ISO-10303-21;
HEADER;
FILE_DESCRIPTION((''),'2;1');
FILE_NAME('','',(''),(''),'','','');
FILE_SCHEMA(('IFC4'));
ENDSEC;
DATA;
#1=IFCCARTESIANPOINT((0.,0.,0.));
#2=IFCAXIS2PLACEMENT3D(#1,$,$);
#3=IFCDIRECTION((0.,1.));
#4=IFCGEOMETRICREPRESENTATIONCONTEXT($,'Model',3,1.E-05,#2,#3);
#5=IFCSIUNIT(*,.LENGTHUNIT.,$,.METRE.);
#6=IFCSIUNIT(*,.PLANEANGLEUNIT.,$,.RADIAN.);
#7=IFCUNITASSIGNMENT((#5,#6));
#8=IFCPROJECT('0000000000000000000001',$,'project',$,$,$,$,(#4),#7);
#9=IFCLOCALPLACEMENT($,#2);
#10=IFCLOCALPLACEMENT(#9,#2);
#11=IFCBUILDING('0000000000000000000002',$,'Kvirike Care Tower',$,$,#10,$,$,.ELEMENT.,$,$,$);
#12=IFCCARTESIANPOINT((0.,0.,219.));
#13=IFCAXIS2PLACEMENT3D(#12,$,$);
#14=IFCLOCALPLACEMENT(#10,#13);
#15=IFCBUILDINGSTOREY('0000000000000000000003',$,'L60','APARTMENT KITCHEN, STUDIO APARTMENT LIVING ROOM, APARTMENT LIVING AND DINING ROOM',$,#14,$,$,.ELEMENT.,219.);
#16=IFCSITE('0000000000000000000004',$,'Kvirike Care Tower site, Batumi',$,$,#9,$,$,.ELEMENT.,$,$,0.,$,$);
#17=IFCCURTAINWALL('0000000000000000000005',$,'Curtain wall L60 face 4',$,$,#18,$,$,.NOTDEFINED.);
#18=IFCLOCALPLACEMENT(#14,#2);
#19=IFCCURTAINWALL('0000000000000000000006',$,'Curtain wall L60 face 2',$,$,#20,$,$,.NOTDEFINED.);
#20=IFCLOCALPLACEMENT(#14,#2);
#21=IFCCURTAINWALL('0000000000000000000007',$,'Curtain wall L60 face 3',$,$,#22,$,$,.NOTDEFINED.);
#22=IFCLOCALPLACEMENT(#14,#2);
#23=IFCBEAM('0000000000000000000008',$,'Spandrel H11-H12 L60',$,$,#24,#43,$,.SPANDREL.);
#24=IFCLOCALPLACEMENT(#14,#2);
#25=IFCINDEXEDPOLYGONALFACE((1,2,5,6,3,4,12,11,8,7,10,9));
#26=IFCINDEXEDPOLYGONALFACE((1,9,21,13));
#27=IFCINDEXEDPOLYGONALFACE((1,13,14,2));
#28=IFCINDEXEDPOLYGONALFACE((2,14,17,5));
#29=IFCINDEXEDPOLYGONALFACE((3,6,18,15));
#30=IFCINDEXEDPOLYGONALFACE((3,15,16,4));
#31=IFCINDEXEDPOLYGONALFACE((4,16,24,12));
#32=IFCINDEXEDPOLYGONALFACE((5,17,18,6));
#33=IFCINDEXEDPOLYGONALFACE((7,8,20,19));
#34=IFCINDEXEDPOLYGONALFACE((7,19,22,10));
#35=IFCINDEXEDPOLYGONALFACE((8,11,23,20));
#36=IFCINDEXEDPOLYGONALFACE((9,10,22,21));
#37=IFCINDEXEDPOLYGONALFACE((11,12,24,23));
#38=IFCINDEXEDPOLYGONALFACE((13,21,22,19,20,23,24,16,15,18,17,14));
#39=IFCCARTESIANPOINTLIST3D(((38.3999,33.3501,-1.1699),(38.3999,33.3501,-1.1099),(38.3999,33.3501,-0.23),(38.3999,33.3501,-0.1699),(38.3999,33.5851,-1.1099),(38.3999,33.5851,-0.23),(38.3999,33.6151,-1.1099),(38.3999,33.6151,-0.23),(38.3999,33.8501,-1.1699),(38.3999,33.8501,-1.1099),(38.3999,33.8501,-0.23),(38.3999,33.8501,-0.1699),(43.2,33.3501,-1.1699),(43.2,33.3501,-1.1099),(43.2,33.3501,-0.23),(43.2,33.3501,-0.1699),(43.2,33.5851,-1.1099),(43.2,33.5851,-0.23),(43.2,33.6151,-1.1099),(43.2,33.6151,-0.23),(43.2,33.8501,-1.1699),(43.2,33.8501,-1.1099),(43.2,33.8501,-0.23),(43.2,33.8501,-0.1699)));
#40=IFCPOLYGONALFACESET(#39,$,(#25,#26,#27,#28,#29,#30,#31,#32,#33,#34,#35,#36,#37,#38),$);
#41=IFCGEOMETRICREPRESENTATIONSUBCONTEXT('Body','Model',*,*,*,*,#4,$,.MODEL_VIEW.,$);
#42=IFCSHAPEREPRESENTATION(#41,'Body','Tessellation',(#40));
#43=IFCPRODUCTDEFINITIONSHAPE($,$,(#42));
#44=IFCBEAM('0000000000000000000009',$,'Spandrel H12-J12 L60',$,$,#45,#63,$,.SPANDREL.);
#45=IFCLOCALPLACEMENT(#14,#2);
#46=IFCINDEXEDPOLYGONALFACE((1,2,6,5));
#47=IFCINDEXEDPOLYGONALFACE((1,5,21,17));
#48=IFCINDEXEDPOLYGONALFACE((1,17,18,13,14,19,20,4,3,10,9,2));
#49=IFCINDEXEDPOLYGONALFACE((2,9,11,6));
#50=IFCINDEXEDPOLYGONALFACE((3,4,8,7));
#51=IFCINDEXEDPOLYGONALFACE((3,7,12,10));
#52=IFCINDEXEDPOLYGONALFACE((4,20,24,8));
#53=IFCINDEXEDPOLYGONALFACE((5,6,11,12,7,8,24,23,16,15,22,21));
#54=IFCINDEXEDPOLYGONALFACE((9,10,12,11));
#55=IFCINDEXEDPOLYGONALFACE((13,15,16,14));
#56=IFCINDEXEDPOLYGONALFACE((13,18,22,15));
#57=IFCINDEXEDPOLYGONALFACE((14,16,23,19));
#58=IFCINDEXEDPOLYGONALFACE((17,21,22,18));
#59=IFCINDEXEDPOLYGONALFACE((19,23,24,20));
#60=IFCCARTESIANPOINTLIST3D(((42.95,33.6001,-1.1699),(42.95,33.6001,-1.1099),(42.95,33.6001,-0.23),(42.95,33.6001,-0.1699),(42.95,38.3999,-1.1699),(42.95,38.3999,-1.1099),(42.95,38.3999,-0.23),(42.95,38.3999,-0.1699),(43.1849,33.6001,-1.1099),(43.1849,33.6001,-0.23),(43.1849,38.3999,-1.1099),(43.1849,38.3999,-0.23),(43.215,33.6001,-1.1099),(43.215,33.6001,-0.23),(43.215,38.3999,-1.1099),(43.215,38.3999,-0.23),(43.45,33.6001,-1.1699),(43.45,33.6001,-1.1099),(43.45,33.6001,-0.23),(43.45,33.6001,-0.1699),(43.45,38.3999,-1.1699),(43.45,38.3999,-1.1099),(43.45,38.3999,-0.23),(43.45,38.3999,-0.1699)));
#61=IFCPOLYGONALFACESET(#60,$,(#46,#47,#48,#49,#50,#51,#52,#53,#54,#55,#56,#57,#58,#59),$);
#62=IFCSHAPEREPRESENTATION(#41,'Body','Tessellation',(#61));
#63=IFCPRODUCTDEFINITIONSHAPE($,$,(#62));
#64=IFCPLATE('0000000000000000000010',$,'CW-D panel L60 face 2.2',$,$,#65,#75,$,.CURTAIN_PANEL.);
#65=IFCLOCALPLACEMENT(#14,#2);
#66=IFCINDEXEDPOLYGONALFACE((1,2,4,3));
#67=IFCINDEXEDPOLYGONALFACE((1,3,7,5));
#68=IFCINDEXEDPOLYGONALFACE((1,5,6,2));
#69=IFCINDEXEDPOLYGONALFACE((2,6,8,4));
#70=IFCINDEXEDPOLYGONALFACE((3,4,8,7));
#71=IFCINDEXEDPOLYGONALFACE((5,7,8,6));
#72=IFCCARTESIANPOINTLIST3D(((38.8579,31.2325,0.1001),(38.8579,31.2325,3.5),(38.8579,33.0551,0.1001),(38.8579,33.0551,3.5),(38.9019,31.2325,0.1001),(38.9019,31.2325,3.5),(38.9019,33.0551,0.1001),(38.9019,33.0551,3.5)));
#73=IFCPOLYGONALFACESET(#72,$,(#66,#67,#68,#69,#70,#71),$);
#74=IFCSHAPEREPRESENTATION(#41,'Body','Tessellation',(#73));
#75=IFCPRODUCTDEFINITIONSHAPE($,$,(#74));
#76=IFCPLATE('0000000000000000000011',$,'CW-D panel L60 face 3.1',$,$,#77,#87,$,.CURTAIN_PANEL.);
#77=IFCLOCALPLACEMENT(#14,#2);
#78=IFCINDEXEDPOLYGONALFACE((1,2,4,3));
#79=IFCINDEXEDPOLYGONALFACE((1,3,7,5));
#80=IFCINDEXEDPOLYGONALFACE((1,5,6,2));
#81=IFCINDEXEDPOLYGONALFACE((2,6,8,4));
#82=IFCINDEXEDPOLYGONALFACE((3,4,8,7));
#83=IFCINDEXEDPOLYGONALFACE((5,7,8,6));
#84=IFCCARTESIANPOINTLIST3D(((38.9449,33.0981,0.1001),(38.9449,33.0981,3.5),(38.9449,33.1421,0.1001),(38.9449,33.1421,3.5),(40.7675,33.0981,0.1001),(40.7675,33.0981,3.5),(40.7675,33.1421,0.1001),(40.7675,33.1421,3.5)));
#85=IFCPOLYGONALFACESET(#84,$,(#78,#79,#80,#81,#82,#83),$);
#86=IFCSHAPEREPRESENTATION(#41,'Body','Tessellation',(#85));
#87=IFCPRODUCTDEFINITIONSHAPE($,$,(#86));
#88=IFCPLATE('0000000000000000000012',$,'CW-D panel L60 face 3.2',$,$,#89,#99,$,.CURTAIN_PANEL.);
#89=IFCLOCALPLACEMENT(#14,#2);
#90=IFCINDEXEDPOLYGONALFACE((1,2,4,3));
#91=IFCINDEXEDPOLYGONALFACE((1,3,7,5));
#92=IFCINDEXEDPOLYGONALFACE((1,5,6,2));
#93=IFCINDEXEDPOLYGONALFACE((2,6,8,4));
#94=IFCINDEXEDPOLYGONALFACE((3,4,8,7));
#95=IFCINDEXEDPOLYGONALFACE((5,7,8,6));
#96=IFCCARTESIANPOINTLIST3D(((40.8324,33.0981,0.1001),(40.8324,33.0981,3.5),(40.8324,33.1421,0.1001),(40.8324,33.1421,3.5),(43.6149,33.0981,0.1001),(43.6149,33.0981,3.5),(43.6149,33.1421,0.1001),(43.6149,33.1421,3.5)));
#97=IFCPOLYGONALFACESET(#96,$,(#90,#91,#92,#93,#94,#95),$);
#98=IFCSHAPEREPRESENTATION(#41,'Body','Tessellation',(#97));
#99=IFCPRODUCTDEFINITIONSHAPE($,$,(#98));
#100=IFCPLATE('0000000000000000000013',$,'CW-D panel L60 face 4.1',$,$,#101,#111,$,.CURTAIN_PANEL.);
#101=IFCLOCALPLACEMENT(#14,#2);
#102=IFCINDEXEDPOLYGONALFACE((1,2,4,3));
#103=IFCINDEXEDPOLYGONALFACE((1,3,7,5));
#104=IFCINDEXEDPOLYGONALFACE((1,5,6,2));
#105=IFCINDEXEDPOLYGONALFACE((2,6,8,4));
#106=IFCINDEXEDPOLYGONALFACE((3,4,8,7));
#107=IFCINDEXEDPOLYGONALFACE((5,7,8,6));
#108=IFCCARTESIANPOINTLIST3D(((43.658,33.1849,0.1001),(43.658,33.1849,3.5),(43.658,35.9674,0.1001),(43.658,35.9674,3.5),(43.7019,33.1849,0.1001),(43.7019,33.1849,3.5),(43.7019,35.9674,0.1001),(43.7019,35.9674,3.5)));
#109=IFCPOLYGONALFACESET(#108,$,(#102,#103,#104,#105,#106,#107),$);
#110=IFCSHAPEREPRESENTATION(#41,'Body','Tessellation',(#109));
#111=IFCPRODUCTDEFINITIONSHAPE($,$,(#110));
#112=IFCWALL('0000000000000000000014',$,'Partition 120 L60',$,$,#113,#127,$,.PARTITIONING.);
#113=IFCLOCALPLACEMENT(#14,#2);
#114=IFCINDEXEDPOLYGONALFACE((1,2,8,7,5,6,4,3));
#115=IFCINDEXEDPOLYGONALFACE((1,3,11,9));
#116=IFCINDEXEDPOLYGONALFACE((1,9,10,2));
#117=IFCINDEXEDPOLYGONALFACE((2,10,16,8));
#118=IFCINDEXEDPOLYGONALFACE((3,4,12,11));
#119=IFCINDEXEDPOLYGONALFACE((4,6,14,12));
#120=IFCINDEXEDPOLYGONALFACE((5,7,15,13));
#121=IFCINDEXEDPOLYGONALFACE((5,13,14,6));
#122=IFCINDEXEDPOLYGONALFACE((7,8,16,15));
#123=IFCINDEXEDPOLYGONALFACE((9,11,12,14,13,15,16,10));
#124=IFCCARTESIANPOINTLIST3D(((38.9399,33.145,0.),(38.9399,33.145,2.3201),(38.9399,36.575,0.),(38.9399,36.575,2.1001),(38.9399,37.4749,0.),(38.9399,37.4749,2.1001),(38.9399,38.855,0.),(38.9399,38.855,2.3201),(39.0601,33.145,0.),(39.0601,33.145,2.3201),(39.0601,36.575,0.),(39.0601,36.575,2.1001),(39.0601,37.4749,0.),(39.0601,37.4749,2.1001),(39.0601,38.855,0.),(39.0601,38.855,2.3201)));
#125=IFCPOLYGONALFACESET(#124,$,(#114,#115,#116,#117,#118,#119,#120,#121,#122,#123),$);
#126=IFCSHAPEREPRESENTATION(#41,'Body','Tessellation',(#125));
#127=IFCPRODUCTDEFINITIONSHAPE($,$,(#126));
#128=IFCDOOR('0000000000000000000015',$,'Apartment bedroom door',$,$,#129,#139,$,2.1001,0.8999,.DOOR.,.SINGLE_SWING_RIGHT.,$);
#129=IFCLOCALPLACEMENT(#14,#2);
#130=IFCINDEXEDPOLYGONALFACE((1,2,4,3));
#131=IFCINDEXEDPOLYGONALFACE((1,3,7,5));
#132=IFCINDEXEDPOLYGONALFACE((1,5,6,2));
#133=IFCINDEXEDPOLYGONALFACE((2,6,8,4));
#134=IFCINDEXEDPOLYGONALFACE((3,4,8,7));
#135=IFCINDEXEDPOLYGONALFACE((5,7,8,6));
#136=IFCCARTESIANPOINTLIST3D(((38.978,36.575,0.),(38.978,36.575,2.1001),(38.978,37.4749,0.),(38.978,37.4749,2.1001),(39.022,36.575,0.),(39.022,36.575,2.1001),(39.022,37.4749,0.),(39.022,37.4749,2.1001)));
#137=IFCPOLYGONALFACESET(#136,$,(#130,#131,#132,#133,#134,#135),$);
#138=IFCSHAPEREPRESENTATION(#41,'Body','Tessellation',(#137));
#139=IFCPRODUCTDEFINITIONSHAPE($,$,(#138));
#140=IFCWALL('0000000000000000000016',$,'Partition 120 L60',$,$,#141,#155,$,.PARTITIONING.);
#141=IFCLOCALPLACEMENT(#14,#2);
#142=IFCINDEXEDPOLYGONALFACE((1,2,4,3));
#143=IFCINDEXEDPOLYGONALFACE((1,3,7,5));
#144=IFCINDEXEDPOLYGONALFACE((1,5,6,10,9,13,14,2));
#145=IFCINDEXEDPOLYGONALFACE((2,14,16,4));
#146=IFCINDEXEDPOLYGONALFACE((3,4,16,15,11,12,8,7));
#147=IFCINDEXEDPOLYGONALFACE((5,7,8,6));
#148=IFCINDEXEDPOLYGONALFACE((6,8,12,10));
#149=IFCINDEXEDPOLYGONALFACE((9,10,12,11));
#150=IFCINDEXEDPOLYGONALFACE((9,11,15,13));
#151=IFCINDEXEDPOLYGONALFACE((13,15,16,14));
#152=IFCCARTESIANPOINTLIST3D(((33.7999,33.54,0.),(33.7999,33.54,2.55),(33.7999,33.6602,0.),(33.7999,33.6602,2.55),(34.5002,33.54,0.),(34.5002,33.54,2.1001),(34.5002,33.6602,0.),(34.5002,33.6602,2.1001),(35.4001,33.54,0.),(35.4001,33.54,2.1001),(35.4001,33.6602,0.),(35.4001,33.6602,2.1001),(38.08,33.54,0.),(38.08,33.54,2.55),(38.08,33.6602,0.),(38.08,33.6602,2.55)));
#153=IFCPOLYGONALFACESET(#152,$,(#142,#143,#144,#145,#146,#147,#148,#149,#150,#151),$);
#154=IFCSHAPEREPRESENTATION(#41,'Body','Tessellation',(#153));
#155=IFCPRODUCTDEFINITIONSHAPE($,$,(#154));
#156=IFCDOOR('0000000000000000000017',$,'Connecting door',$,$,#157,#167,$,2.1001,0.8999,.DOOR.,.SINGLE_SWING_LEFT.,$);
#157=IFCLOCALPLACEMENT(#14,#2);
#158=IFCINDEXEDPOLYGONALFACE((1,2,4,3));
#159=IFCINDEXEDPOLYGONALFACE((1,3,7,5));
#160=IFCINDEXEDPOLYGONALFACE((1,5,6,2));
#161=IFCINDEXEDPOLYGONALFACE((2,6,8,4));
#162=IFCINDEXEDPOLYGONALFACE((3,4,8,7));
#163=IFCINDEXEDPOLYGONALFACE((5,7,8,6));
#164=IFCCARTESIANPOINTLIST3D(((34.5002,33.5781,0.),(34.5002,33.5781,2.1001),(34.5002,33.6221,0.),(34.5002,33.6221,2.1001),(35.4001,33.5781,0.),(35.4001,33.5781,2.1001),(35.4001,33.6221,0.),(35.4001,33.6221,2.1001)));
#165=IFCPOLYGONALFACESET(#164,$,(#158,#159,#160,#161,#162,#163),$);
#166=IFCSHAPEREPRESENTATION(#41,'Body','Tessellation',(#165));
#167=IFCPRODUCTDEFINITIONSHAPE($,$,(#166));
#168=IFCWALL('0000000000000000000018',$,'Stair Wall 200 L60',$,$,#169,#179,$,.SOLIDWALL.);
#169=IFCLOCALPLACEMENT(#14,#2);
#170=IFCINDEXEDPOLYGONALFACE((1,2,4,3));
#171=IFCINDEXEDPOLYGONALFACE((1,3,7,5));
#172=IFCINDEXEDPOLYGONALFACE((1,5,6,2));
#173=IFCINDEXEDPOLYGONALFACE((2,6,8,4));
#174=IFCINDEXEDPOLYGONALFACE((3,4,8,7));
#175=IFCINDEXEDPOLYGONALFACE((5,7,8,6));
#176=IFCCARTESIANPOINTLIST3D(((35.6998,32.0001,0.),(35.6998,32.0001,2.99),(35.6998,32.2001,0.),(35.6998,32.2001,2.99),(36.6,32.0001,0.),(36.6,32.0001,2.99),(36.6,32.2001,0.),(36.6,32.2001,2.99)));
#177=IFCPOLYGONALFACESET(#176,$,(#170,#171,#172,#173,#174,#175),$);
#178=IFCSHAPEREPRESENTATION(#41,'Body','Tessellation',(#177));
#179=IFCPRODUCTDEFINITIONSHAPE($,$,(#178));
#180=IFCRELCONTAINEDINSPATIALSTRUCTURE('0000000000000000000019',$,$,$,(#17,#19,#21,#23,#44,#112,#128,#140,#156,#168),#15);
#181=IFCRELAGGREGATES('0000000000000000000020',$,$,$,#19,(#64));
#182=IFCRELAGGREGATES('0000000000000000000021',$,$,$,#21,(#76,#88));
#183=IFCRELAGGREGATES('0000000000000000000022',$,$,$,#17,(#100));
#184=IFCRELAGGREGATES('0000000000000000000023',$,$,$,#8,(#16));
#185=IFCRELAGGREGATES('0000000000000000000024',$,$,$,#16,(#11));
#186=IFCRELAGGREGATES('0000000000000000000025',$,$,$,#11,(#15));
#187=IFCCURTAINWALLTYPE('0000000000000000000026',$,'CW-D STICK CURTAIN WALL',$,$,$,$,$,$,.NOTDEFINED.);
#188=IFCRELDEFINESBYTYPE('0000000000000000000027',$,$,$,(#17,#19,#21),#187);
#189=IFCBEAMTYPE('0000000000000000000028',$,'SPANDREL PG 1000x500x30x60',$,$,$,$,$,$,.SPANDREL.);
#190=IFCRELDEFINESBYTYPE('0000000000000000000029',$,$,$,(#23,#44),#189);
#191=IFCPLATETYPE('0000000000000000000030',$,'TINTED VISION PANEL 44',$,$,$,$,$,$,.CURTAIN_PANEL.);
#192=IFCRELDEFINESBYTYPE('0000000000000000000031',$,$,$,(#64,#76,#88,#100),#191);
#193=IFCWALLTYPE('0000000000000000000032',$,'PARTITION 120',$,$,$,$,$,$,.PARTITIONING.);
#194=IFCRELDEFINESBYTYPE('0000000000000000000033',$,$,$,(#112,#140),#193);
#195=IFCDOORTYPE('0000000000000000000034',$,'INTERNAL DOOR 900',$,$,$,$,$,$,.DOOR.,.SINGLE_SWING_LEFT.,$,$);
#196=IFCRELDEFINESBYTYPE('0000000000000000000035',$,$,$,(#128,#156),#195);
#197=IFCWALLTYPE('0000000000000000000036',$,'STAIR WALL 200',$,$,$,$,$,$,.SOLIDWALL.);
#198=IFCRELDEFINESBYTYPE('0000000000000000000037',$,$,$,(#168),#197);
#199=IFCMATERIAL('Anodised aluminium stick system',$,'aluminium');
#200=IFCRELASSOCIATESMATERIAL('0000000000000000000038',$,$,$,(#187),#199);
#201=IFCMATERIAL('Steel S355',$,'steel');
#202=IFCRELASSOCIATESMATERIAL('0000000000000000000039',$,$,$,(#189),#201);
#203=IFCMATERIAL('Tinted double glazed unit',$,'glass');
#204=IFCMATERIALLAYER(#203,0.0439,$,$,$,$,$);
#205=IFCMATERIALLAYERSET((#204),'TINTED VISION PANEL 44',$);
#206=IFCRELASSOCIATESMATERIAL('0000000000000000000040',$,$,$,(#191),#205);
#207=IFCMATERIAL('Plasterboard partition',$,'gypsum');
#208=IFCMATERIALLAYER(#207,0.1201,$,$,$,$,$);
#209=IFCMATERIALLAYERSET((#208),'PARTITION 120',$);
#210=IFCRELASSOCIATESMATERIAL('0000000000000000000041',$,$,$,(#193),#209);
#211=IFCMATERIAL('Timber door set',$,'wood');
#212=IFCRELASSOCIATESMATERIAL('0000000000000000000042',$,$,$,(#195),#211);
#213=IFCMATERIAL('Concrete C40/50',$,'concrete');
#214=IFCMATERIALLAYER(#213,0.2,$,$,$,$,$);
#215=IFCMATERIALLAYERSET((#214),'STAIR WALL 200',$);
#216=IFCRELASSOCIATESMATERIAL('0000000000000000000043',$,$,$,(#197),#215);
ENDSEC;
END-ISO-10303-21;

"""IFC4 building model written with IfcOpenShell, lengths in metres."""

from ifc_helpers import new_model, si_unit, direction, frame, frame_2d, origin, origin_2d, place, context, subcontext, project, spatial, rectangle, i_section, extrude, material, layer, layer_set, material_profile, profile_set, type_object, element, fill, aggregate, save


model = new_model("IFC4")

# Units and contexts
model_context = context("Model", 3, precision=1e-05, world=origin(), true_north=direction((0.0, 1.0)))
body_context = subcontext(model_context, "Body", "Model", "MODEL_VIEW")
ifc_project = project(units=[si_unit("LENGTHUNIT", "METRE"), si_unit("PLANEANGLEUNIT", "RADIAN")], contexts=[model_context])

# Site, building, storey
site_placement = place(None, origin())
site = spatial("IfcSite", under=ifc_project, at=site_placement, Name="Kvirike Care Tower site, Batumi", CompositionType="ELEMENT", RefElevation=0.0)
building_placement = place(site_placement, origin())
building = spatial("IfcBuilding", under=site, at=building_placement, Name="Kvirike Care Tower", CompositionType="ELEMENT")
storey_placement = place(building_placement, frame((0.0, 0.0, 219.0)))
storey = spatial("IfcBuildingStorey", under=building, at=storey_placement, Name="L60", Description="APARTMENT KITCHEN, STUDIO APARTMENT LIVING ROOM, APARTMENT LIVING AND DINING ROOM", CompositionType="ELEMENT", Elevation=219.0)

# Curtain walls
ifc_material_1 = material(Name="Anodised aluminium stick system", Category="aluminium")
curtain_wall_type = type_object("IfcCurtainWallType", Name="CW-D STICK CURTAIN WALL", PredefinedType="NOTDEFINED", material=ifc_material_1)
curtain_wall_1_placement = place(storey_placement, origin())
curtain_wall_1 = element("IfcCurtainWall", 1, at=curtain_wall_1_placement, inside=storey, type_object=curtain_wall_type, Name="Curtain wall L60 face 4", PredefinedType="NOTDEFINED")
curtain_wall_2_placement = place(storey_placement, origin())
curtain_wall_2 = element("IfcCurtainWall", 2, at=curtain_wall_2_placement, inside=storey, type_object=curtain_wall_type, Name="Curtain wall L60 face 2", PredefinedType="NOTDEFINED")

# Curtain wall
curtain_wall_3_placement = place(storey_placement, origin())
curtain_wall_3 = element("IfcCurtainWall", 3, at=curtain_wall_3_placement, inside=storey, type_object=curtain_wall_type, Name="Curtain wall L60 face 3", PredefinedType="NOTDEFINED")

# Beams
ifc_material_2 = material(Name="Steel S355", Category="steel")
ifc_material_profile_1 = material_profile(ifc_material_2, i_section(OverallWidth=0.5, OverallDepth=1.0, WebThickness=0.03, FlangeThickness=0.0601, at=origin_2d()), Name="PG 1000x500x30x60")
ifc_profile_set_1 = profile_set([ifc_material_profile_1], Name="Steel S355")
beam_type = type_object("IfcBeamType", Name="SPANDREL PG 1000x500x30x60", PredefinedType="SPANDREL", material=ifc_profile_set_1)
beam_1_placement = place(storey_placement, frame((38.3999, 33.6001, -0.6699), z_axis=(1.0, 0.0, 0.0), x_axis=(0.0, 1.0, 0.0)))
element("IfcBeam", 4, at=beam_1_placement, inside=storey, type_object=beam_type, Name="Spandrel H11-H12 L60", PredefinedType="SPANDREL", context=body_context, shape_type="SweptSolid", body=[
    extrude(i_section(OverallWidth=0.5, OverallDepth=1.0, WebThickness=0.03, FlangeThickness=0.0601, at=origin_2d()), origin(), (0.0, 0.0, 1.0), 4.8),
])
beam_2_placement = place(storey_placement, frame((43.2, 33.6001, -0.6699), z_axis=(0.0, 1.0, 0.0), x_axis=(-1.0, 0.0, 0.0)))
element("IfcBeam", 5, at=beam_2_placement, inside=storey, type_object=beam_type, Name="Spandrel H12-J12 L60", PredefinedType="SPANDREL", context=body_context, shape_type="SweptSolid", body=[
    extrude(i_section(OverallWidth=0.5, OverallDepth=1.0, WebThickness=0.03, FlangeThickness=0.0601, at=origin_2d()), origin(), (0.0, 0.0, 1.0), 4.7998),
])

# Plates
ifc_material_3 = material(Name="Tinted double glazed unit", Category="glass")
ifc_layer_1 = layer(ifc_material_3, 0.0439)
ifc_layer_set_1 = layer_set([ifc_layer_1], Name="TINTED VISION PANEL 44")
plate_type = type_object("IfcPlateType", Name="TINTED VISION PANEL 44", PredefinedType="CURTAIN_PANEL", material=ifc_layer_set_1)
plate_1_placement = place(storey_placement, frame((38.8799, 32.1438, 0.1001), z_axis=(0.0, 0.0, 1.0), x_axis=(0.0, 1.0, 0.0)))
plate_1 = element("IfcPlate", 6, at=plate_1_placement, type_object=plate_type, Name="CW-D panel L60 face 2.2", PredefinedType="CURTAIN_PANEL", context=body_context, shape_type="SweptSolid", body=[
    extrude(rectangle(XDim=1.8225, YDim=0.0439, at=origin_2d()), origin(), (0.0, 0.0, 1.0), 3.3999),
])
aggregate(curtain_wall_2, [plate_1])
plate_2_placement = place(storey_placement, frame((39.8562, 33.1201, 0.1001), z_axis=(0.0, 0.0, 1.0), x_axis=(1.0, 0.0, 0.0)))
plate_2 = element("IfcPlate", 7, at=plate_2_placement, type_object=plate_type, Name="CW-D panel L60 face 3.1", PredefinedType="CURTAIN_PANEL", context=body_context, shape_type="SweptSolid", body=[
    extrude(rectangle(XDim=1.8225, YDim=0.0439, at=origin_2d()), origin(), (0.0, 0.0, 1.0), 3.3999),
])
plate_3_placement = place(storey_placement, frame((42.2236, 33.1201, 0.1001), z_axis=(0.0, 0.0, 1.0), x_axis=(1.0, 0.0, 0.0)))
plate_3 = element("IfcPlate", 8, at=plate_3_placement, type_object=plate_type, Name="CW-D panel L60 face 3.2", PredefinedType="CURTAIN_PANEL", context=body_context, shape_type="SweptSolid", body=[
    extrude(rectangle(XDim=2.7825, YDim=0.0439, at=origin_2d()), origin(), (0.0, 0.0, 1.0), 3.3999),
])
aggregate(curtain_wall_3, [plate_2, plate_3])
plate_4_placement = place(storey_placement, frame((43.6799, 34.5762, 0.1001), z_axis=(0.0, 0.0, 1.0), x_axis=(0.0, 1.0, 0.0)))
plate_4 = element("IfcPlate", 9, at=plate_4_placement, type_object=plate_type, Name="CW-D panel L60 face 4.1", PredefinedType="CURTAIN_PANEL", context=body_context, shape_type="SweptSolid", body=[
    extrude(rectangle(XDim=2.7825, YDim=0.0439, at=origin_2d()), origin(), (0.0, 0.0, 1.0), 3.3999),
])
aggregate(curtain_wall_1, [plate_4])

# Walls, openings, doors
ifc_material_4 = material(Name="Plasterboard partition", Category="gypsum")
ifc_layer_2 = layer(ifc_material_4, 0.1201)
ifc_layer_set_2 = layer_set([ifc_layer_2], Name="PARTITION 120")
wall_type_1 = type_object("IfcWallType", Name="PARTITION 120", PredefinedType="PARTITIONING", material=ifc_layer_set_2)
wall_1_placement = place(storey_placement, frame((39.0, 33.145, 0.0), z_axis=(0.0, 0.0, 1.0), x_axis=(0.0, 1.0, 0.0)))
wall_1 = element("IfcWall", 10, at=wall_1_placement, inside=storey, type_object=wall_type_1, Name="Partition 120 L60", PredefinedType="PARTITIONING", context=body_context, shape_type="SweptSolid", body=[
    extrude(rectangle(XDim=5.71, YDim=0.1201, at=frame_2d((2.855, 0.0))), origin(), (0.0, 0.0, 1.0), 2.3201),
])
opening_1_placement = place(wall_1_placement, frame((3.4299, 0.0, 0.0)))
opening_1 = element("IfcOpeningElement", 11, at=opening_1_placement, cuts=wall_1, PredefinedType="OPENING", context=body_context, shape_type="SweptSolid", body=[
    extrude(rectangle(XDim=0.8999, YDim=2.1001, at=frame_2d((0.45, 1.05))), frame((0.0, 0.0706, 0.0), z_axis=(0.0, -1.0, 0.0), x_axis=(1.0, 0.0, 0.0)), (0.0, 0.0, 1.0), 0.1411),
])
ifc_material_5 = material(Name="Timber door set", Category="wood")
door_type = type_object("IfcDoorType", Name="INTERNAL DOOR 900", OperationType="SINGLE_SWING_LEFT", PredefinedType="DOOR", material=ifc_material_5)
door_1_placement = place(opening_1_placement, frame((0.8999, 0.0, 0.0), z_axis=(0.0, 0.0, 1.0), x_axis=(-1.0, 0.0, 0.0)))
door_1 = element("IfcDoor", 12, at=door_1_placement, inside=storey, type_object=door_type, Name="Apartment bedroom door", OperationType="SINGLE_SWING_RIGHT", OverallHeight=2.1001, OverallWidth=0.8999, PredefinedType="DOOR", context=body_context, shape_type="SweptSolid", body=[
    extrude(rectangle(XDim=0.8999, YDim=2.1001, at=frame_2d((0.45, 1.05))), frame((0.0, 0.022, 0.0), z_axis=(0.0, -1.0, 0.0), x_axis=(1.0, 0.0, 0.0)), (0.0, 0.0, 1.0), 0.0439),
])
fill(opening_1, door_1)
wall_2_placement = place(storey_placement, frame((38.0801, 33.6001, 0.0), z_axis=(0.0, 0.0, 1.0), x_axis=(-1.0, 0.0, 0.0)))
wall_2 = element("IfcWall", 13, at=wall_2_placement, inside=storey, type_object=wall_type_1, Name="Partition 120 L60", PredefinedType="PARTITIONING", context=body_context, shape_type="SweptSolid", body=[
    extrude(rectangle(XDim=4.28, YDim=0.1201, at=frame_2d((2.1401, 0.0))), origin(), (0.0, 0.0, 1.0), 2.55),
])
opening_2_placement = place(wall_2_placement, frame((2.6799, 0.0, 0.0)))
opening_2 = element("IfcOpeningElement", 14, at=opening_2_placement, cuts=wall_2, PredefinedType="OPENING", context=body_context, shape_type="SweptSolid", body=[
    extrude(rectangle(XDim=0.8999, YDim=2.1001, at=frame_2d((0.45, 1.05))), frame((0.0, 0.0706, 0.0), z_axis=(0.0, -1.0, 0.0), x_axis=(1.0, 0.0, 0.0)), (0.0, 0.0, 1.0), 0.1411),
])
door_2_placement = place(opening_2_placement, origin())
door_2 = element("IfcDoor", 15, at=door_2_placement, inside=storey, type_object=door_type, Name="Connecting door", OperationType="SINGLE_SWING_LEFT", OverallHeight=2.1001, OverallWidth=0.8999, PredefinedType="DOOR", context=body_context, shape_type="SweptSolid", body=[
    extrude(rectangle(XDim=0.8999, YDim=2.1001, at=frame_2d((0.45, 1.05))), frame((0.0, 0.022, 0.0), z_axis=(0.0, -1.0, 0.0), x_axis=(1.0, 0.0, 0.0)), (0.0, 0.0, 1.0), 0.0439),
])
fill(opening_2, door_2)

# Wall
ifc_material_6 = material(Name="Concrete C40/50", Category="concrete")
ifc_layer_3 = layer(ifc_material_6, 0.2)
ifc_layer_set_3 = layer_set([ifc_layer_3], Name="STAIR WALL 200")
wall_type_2 = type_object("IfcWallType", Name="STAIR WALL 200", PredefinedType="SOLIDWALL", material=ifc_layer_set_3)
wall_3_placement = place(storey_placement, frame((36.6001, 32.1001, 0.0), z_axis=(0.0, 0.0, 1.0), x_axis=(-1.0, 0.0, 0.0)))
element("IfcWall", 16, at=wall_3_placement, inside=storey, type_object=wall_type_2, Name="Stair Wall 200 L60", PredefinedType="SOLIDWALL", context=body_context, shape_type="SweptSolid", body=[
    extrude(rectangle(XDim=0.9001, YDim=0.2, at=frame_2d((0.4502, 0.0))), origin(), (0.0, 0.0, 1.0), 2.99),
])

save(model, "model.ifc")
